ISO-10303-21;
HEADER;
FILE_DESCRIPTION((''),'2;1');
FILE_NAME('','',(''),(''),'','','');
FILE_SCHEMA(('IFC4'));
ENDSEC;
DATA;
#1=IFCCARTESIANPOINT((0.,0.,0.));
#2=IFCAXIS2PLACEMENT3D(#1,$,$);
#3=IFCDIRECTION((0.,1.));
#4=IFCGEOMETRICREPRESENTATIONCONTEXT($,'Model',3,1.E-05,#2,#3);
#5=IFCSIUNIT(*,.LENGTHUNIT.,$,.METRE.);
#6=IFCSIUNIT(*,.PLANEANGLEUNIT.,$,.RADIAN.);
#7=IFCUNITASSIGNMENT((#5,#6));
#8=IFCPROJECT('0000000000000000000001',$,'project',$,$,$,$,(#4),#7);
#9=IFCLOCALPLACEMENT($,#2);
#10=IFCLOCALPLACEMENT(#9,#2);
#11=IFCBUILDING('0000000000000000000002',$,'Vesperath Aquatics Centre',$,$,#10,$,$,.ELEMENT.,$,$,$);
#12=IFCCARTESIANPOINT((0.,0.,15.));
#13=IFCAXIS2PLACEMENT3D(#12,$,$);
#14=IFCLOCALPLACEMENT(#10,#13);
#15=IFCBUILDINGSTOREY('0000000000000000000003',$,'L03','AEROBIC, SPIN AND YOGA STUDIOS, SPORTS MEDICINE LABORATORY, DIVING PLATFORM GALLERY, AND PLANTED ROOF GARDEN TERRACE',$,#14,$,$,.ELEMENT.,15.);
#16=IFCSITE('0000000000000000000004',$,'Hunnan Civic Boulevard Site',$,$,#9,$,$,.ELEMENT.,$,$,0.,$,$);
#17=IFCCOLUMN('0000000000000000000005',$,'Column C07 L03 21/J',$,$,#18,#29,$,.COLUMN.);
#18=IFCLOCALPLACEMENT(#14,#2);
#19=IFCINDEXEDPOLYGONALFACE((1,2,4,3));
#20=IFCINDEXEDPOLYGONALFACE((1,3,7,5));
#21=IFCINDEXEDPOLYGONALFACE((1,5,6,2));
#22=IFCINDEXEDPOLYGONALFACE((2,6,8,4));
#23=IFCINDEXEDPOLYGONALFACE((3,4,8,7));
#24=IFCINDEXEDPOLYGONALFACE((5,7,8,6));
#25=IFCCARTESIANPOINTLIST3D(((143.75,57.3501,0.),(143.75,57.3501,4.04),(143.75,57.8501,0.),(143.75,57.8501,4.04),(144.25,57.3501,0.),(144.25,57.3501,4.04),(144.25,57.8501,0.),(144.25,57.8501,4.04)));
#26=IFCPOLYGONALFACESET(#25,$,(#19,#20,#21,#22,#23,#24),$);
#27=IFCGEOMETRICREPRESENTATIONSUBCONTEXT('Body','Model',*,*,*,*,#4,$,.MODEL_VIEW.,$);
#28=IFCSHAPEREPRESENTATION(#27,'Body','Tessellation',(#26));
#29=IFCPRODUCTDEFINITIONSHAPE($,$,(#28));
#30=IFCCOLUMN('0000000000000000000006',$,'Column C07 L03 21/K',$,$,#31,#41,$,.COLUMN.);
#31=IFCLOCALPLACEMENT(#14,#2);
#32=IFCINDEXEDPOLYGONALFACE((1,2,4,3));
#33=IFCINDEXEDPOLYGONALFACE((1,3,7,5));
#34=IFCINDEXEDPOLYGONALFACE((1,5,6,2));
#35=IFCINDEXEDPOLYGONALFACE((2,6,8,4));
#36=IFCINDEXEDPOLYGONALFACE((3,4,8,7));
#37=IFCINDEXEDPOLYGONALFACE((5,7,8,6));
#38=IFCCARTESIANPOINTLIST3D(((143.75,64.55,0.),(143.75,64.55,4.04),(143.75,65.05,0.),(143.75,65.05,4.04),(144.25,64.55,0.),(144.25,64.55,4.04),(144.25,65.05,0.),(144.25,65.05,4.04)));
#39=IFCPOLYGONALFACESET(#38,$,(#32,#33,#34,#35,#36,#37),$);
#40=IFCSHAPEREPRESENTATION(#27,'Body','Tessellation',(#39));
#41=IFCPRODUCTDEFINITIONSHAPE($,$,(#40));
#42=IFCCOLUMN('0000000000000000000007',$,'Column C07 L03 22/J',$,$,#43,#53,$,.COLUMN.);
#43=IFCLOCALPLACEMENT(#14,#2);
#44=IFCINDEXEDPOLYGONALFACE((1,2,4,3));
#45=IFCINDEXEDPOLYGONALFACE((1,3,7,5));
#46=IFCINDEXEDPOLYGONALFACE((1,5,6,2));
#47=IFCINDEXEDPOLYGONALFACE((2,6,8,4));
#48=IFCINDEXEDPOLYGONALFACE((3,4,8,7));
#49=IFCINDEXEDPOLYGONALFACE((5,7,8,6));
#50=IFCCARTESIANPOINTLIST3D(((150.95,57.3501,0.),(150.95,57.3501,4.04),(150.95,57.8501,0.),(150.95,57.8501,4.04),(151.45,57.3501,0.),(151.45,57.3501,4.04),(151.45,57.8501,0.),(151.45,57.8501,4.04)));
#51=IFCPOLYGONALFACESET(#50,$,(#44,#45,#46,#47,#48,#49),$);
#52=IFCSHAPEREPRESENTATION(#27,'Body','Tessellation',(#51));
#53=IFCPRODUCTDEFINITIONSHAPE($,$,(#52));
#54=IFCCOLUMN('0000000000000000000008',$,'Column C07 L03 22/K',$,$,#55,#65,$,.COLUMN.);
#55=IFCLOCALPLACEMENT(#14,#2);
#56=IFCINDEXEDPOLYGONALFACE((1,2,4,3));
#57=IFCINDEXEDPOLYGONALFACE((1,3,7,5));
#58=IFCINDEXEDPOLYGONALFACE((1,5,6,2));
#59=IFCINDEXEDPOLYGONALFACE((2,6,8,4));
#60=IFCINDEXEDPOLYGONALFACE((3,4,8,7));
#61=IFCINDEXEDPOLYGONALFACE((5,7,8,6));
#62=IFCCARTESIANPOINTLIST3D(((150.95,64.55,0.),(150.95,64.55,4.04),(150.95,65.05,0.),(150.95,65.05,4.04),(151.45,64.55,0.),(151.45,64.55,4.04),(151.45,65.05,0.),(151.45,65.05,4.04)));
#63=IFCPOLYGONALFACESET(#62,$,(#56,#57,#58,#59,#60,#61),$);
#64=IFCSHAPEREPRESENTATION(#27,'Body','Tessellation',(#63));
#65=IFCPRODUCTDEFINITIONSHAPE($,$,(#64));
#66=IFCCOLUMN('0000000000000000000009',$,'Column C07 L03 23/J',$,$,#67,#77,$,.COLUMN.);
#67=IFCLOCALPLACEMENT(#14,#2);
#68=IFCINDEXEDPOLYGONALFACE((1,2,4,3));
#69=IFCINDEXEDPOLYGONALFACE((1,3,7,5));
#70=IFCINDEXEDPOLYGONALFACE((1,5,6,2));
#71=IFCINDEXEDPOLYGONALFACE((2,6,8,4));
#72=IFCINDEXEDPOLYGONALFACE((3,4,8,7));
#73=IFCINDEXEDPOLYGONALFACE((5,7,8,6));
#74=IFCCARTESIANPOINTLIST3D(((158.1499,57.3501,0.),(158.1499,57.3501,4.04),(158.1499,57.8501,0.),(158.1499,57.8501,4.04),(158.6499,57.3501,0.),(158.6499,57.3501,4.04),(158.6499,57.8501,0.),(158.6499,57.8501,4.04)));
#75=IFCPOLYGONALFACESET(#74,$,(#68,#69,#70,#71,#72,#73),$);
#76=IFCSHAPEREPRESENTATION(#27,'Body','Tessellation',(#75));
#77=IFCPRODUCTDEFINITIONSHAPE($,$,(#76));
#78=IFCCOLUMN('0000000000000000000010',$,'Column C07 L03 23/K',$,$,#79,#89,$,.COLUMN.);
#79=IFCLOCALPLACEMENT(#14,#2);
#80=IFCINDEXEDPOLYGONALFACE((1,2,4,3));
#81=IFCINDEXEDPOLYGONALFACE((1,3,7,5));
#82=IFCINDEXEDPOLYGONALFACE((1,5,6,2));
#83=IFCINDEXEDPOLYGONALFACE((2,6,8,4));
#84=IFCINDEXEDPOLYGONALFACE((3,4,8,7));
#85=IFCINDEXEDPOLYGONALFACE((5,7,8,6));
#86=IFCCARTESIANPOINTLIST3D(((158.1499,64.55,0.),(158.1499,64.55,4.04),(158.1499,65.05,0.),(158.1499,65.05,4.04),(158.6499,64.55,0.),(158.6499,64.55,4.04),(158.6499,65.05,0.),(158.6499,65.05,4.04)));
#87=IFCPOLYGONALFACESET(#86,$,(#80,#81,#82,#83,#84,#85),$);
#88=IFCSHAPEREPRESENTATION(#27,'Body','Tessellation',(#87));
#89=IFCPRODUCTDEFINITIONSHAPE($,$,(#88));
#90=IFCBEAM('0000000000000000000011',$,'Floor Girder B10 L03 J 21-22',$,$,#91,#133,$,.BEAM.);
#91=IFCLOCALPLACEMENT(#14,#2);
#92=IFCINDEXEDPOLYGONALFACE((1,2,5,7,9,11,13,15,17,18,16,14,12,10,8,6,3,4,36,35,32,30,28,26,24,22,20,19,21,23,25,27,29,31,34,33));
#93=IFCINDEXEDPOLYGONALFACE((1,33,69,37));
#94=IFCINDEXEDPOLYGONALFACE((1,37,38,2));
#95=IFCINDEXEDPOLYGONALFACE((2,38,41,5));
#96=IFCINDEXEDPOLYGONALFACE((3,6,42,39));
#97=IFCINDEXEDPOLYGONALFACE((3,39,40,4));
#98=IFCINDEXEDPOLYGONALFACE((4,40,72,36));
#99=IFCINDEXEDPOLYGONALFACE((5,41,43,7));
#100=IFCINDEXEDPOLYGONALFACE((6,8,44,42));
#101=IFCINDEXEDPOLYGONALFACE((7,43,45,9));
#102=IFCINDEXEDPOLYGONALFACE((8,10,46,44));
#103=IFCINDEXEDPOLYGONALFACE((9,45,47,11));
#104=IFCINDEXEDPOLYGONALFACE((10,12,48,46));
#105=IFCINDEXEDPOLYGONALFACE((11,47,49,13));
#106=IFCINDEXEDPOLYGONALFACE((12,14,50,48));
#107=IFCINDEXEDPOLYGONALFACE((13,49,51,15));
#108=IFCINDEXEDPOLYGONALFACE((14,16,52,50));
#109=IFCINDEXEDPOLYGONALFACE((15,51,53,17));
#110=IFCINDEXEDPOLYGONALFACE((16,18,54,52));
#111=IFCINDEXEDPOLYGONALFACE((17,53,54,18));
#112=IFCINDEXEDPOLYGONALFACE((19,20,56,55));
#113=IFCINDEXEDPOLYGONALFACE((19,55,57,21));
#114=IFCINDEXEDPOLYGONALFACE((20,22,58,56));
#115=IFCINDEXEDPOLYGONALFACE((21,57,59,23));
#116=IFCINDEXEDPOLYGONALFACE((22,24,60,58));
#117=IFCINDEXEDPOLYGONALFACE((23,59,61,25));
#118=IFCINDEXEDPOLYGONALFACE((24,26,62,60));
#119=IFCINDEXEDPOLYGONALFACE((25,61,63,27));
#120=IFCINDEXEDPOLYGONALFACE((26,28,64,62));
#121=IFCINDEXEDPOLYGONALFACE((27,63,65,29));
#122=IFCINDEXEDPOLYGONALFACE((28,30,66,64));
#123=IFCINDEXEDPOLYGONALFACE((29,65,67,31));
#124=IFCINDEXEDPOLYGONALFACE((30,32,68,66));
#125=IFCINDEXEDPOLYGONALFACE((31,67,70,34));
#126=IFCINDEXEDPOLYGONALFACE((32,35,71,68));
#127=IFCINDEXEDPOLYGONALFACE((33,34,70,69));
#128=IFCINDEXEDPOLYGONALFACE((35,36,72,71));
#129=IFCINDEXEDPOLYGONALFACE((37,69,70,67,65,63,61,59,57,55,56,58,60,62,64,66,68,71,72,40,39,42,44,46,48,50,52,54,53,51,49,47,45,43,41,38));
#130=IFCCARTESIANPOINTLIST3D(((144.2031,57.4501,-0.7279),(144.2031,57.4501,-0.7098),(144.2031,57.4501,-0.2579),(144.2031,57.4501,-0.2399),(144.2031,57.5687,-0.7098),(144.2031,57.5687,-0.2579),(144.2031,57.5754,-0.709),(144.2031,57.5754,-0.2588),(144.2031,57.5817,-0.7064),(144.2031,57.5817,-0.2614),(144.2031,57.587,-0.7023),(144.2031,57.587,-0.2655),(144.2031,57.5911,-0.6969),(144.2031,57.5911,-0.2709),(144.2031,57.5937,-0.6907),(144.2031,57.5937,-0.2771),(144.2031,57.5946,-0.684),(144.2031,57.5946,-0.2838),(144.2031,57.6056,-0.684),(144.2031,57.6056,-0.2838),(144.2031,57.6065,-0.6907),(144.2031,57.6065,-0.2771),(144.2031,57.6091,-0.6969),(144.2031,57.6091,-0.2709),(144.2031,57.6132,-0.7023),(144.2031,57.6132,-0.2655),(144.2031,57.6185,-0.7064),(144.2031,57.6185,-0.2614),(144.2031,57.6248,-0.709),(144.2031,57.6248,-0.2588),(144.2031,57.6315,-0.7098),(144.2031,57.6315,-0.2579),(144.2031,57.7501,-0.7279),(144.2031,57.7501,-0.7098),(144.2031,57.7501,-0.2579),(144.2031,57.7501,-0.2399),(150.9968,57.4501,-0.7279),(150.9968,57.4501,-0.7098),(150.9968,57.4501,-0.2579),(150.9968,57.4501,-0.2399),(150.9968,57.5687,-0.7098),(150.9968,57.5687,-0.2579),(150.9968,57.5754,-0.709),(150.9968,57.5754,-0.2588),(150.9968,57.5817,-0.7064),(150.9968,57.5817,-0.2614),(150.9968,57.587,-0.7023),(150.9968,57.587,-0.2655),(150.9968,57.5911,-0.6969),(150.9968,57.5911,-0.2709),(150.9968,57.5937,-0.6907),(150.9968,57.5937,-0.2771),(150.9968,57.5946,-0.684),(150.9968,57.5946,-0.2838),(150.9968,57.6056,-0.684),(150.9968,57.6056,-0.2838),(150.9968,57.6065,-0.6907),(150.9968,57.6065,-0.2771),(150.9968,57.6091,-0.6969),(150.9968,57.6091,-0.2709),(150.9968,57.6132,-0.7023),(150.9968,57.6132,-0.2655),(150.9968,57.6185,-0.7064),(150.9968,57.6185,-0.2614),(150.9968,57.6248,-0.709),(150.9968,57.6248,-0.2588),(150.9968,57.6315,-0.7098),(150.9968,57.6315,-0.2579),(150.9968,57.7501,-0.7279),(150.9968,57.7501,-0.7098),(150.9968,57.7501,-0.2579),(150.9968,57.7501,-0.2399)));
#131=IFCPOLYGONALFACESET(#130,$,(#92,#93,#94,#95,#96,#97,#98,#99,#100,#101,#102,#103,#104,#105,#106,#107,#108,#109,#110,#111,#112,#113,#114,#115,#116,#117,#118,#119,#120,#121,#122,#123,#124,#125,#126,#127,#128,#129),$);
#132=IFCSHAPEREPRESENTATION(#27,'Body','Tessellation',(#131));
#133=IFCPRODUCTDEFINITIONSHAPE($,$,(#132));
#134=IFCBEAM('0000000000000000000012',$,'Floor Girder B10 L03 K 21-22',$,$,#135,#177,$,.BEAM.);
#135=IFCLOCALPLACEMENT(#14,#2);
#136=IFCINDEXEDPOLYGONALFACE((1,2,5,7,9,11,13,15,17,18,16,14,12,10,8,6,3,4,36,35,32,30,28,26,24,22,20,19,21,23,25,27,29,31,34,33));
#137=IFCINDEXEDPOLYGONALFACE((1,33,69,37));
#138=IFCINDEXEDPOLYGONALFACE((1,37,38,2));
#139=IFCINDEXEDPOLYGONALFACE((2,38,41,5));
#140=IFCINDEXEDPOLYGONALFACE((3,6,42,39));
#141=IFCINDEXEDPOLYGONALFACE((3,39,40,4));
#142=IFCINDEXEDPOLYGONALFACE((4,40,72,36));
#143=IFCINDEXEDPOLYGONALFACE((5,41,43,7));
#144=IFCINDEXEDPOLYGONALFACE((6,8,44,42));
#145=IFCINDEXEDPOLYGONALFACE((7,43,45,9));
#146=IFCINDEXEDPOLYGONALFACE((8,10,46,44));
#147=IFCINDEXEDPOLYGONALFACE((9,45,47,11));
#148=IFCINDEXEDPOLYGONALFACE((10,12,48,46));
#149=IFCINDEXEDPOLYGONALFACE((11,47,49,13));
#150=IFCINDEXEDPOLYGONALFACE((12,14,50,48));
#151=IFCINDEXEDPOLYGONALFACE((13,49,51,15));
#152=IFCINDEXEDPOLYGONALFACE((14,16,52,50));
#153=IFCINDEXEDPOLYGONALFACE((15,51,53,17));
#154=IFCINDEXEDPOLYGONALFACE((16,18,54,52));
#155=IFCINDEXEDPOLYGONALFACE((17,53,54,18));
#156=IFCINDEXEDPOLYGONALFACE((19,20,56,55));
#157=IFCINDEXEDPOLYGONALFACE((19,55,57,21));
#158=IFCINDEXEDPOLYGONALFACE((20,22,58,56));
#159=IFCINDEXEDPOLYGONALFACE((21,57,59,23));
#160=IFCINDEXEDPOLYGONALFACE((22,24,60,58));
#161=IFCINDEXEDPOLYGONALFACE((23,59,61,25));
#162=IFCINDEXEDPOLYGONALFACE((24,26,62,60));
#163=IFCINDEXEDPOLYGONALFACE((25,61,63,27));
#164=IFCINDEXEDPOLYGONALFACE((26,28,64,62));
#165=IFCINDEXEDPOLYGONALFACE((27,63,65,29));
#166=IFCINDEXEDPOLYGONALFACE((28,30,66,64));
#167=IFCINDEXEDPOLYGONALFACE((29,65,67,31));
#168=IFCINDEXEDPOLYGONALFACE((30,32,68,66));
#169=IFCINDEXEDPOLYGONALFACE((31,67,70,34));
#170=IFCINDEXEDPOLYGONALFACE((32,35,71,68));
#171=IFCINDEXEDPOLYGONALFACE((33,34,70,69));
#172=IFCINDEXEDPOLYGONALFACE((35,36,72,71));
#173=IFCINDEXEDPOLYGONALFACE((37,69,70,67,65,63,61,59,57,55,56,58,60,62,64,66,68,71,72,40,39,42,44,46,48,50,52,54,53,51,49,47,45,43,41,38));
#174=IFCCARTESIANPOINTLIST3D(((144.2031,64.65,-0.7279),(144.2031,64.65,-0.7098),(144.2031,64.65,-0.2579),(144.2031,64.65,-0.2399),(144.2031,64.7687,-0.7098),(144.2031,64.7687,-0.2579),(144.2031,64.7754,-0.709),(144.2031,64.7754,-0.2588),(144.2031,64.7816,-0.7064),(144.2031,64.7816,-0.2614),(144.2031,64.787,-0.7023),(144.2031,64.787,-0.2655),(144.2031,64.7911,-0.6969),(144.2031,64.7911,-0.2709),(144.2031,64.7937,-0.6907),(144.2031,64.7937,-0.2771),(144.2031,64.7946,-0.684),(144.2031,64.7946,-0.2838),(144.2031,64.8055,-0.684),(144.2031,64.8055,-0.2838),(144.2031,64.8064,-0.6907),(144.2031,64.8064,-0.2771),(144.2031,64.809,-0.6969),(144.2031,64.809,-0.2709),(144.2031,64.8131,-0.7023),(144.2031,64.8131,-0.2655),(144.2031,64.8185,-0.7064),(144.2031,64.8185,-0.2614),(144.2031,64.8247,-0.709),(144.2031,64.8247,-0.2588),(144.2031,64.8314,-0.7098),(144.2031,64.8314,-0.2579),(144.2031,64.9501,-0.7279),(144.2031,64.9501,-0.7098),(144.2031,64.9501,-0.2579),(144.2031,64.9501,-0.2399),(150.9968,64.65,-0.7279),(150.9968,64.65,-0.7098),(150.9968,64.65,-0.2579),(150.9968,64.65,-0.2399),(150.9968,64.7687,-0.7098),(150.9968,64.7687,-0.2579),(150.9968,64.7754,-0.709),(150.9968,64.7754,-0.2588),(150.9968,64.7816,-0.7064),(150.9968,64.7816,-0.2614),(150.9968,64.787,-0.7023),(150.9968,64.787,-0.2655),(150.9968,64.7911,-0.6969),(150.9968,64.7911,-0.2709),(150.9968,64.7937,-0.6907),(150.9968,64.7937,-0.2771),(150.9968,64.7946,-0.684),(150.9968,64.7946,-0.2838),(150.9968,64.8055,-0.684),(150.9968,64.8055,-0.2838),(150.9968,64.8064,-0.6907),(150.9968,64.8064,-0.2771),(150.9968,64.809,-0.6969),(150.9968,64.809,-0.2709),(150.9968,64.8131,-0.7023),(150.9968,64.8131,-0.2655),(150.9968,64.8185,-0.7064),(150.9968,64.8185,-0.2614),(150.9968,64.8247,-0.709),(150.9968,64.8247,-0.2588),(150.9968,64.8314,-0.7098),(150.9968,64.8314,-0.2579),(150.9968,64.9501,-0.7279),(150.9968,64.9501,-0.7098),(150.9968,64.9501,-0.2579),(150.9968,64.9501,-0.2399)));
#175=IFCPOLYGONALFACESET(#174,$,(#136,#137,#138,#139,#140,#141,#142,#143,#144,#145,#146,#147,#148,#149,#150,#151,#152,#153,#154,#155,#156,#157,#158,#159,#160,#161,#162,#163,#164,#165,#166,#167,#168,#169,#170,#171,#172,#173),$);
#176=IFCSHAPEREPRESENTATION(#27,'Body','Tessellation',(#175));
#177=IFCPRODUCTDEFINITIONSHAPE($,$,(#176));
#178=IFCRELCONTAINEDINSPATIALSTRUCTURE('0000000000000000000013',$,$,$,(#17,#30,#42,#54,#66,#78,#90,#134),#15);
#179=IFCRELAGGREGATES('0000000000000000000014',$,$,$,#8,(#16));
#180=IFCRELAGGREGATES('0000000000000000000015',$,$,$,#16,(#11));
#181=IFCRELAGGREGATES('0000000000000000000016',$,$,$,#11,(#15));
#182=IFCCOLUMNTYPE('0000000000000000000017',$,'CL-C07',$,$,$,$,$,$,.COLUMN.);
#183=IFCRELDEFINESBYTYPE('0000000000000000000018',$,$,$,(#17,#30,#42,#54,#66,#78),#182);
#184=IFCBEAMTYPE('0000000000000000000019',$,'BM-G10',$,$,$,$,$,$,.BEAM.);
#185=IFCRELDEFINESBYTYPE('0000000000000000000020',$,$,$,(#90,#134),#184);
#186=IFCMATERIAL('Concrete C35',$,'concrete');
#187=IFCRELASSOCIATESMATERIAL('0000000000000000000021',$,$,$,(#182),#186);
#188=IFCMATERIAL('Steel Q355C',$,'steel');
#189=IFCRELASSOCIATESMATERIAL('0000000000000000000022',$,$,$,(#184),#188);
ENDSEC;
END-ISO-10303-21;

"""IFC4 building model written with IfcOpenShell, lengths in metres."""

from ifc_helpers import new_model, si_unit, direction, frame, origin, origin_2d, place, context, subcontext, project, spatial, rectangle, i_section, extrude, material, material_profile, profile_set, type_object, element, save


model = new_model("IFC4")

# Units and contexts
model_context = context("Model", 3, precision=1e-05, world=origin(), true_north=direction((0.0, 1.0)))
body_context = subcontext(model_context, "Body", "Model", "MODEL_VIEW")
ifc_project = project(units=[si_unit("LENGTHUNIT", "METRE"), si_unit("PLANEANGLEUNIT", "RADIAN")], contexts=[model_context])

# Site, building, storey
site_placement = place(None, origin())
site = spatial("IfcSite", under=ifc_project, at=site_placement, Name="Hunnan Civic Boulevard Site", CompositionType="ELEMENT", RefElevation=0.0)
building_placement = place(site_placement, origin())
building = spatial("IfcBuilding", under=site, at=building_placement, Name="Vesperath Aquatics Centre", CompositionType="ELEMENT")
storey_placement = place(building_placement, frame((0.0, 0.0, 15.0)))
storey = spatial("IfcBuildingStorey", under=building, at=storey_placement, Name="L03", Description="AEROBIC, SPIN AND YOGA STUDIOS, SPORTS MEDICINE LABORATORY, DIVING PLATFORM GALLERY, AND PLANTED ROOF GARDEN TERRACE", CompositionType="ELEMENT", Elevation=15.0)

# Columns
ifc_material_1 = material(Name="Concrete C35", Category="concrete")
ifc_material_profile_1 = material_profile(ifc_material_1, rectangle(XDim=0.5, YDim=0.5, at=origin_2d()), Name="RC 500x500")
ifc_profile_set_1 = profile_set([ifc_material_profile_1], Name="Concrete C35")
column_type = type_object("IfcColumnType", Name="CL-C07", PredefinedType="COLUMN", material=ifc_profile_set_1)
for number, where, z_axis, x_axis, name in (
    (1, (144.0, 57.6001, 0.0), (0.0, 0.0, 1.0), (1.0, 0.0, 0.0), "Column C07 L03 21/J"),
    (2, (144.0, 64.8, 0.0), (0.0, 0.0, 1.0), (1.0, 0.0, 0.0), "Column C07 L03 21/K"),
    (3, (151.2, 57.6001, 0.0), (0.0, 0.0, 1.0), (1.0, 0.0, 0.0), "Column C07 L03 22/J"),
    (4, (151.2, 64.8, 0.0), (0.0, 0.0, 1.0), (1.0, 0.0, 0.0), "Column C07 L03 22/K"),
    (5, (158.3999, 57.6001, 0.0), (0.0, 0.0, 1.0), (1.0, 0.0, 0.0), "Column C07 L03 23/J"),
    (6, (158.3999, 64.8, 0.0), (0.0, 0.0, 1.0), (1.0, 0.0, 0.0), "Column C07 L03 23/K"),
):
    element("IfcColumn", number, at=place(storey_placement, frame(where, z_axis=z_axis, x_axis=x_axis)), inside=storey, type_object=column_type, Name=name, PredefinedType="COLUMN", context=body_context, shape_type="SweptSolid", body=[
        extrude(rectangle(XDim=0.5, YDim=0.5, at=origin_2d()), origin(), (0.0, 0.0, 1.0), 4.04),
    ])

# Beams
ifc_material_2 = material(Name="Steel Q355C", Category="steel")
ifc_material_profile_2 = material_profile(ifc_material_2, i_section(OverallWidth=0.3, OverallDepth=0.488, WebThickness=0.011, FlangeThickness=0.0181, FilletRadius=0.0259, at=origin_2d()), Name="HM 488x300x11x18")
ifc_profile_set_2 = profile_set([ifc_material_profile_2], Name="Steel Q355C")
beam_type_1 = type_object("IfcBeamType", Name="BM-G10", PredefinedType="BEAM", material=ifc_profile_set_2)
for number, where, z_axis, x_axis, name in (
    (7, (144.2031, 57.6001, -0.4839), (1.0, 0.0, 0.0), (0.0, 1.0, 0.0), "Floor Girder B10 L03 J 21-22"),
    (8, (144.2031, 64.8, -0.4839), (1.0, 0.0, 0.0), (0.0, 1.0, 0.0), "Floor Girder B10 L03 K 21-22"),
):
    element("IfcBeam", number, at=place(storey_placement, frame(where, z_axis=z_axis, x_axis=x_axis)), inside=storey, type_object=beam_type_1, Name=name, PredefinedType="BEAM", context=body_context, shape_type="SweptSolid", body=[
        extrude(i_section(OverallWidth=0.3, OverallDepth=0.488, WebThickness=0.011, FlangeThickness=0.0181, FilletRadius=0.0259, at=origin_2d()), origin(), (0.0, 0.0, 1.0), 6.7937),
    ])

save(model, "model.ifc")
